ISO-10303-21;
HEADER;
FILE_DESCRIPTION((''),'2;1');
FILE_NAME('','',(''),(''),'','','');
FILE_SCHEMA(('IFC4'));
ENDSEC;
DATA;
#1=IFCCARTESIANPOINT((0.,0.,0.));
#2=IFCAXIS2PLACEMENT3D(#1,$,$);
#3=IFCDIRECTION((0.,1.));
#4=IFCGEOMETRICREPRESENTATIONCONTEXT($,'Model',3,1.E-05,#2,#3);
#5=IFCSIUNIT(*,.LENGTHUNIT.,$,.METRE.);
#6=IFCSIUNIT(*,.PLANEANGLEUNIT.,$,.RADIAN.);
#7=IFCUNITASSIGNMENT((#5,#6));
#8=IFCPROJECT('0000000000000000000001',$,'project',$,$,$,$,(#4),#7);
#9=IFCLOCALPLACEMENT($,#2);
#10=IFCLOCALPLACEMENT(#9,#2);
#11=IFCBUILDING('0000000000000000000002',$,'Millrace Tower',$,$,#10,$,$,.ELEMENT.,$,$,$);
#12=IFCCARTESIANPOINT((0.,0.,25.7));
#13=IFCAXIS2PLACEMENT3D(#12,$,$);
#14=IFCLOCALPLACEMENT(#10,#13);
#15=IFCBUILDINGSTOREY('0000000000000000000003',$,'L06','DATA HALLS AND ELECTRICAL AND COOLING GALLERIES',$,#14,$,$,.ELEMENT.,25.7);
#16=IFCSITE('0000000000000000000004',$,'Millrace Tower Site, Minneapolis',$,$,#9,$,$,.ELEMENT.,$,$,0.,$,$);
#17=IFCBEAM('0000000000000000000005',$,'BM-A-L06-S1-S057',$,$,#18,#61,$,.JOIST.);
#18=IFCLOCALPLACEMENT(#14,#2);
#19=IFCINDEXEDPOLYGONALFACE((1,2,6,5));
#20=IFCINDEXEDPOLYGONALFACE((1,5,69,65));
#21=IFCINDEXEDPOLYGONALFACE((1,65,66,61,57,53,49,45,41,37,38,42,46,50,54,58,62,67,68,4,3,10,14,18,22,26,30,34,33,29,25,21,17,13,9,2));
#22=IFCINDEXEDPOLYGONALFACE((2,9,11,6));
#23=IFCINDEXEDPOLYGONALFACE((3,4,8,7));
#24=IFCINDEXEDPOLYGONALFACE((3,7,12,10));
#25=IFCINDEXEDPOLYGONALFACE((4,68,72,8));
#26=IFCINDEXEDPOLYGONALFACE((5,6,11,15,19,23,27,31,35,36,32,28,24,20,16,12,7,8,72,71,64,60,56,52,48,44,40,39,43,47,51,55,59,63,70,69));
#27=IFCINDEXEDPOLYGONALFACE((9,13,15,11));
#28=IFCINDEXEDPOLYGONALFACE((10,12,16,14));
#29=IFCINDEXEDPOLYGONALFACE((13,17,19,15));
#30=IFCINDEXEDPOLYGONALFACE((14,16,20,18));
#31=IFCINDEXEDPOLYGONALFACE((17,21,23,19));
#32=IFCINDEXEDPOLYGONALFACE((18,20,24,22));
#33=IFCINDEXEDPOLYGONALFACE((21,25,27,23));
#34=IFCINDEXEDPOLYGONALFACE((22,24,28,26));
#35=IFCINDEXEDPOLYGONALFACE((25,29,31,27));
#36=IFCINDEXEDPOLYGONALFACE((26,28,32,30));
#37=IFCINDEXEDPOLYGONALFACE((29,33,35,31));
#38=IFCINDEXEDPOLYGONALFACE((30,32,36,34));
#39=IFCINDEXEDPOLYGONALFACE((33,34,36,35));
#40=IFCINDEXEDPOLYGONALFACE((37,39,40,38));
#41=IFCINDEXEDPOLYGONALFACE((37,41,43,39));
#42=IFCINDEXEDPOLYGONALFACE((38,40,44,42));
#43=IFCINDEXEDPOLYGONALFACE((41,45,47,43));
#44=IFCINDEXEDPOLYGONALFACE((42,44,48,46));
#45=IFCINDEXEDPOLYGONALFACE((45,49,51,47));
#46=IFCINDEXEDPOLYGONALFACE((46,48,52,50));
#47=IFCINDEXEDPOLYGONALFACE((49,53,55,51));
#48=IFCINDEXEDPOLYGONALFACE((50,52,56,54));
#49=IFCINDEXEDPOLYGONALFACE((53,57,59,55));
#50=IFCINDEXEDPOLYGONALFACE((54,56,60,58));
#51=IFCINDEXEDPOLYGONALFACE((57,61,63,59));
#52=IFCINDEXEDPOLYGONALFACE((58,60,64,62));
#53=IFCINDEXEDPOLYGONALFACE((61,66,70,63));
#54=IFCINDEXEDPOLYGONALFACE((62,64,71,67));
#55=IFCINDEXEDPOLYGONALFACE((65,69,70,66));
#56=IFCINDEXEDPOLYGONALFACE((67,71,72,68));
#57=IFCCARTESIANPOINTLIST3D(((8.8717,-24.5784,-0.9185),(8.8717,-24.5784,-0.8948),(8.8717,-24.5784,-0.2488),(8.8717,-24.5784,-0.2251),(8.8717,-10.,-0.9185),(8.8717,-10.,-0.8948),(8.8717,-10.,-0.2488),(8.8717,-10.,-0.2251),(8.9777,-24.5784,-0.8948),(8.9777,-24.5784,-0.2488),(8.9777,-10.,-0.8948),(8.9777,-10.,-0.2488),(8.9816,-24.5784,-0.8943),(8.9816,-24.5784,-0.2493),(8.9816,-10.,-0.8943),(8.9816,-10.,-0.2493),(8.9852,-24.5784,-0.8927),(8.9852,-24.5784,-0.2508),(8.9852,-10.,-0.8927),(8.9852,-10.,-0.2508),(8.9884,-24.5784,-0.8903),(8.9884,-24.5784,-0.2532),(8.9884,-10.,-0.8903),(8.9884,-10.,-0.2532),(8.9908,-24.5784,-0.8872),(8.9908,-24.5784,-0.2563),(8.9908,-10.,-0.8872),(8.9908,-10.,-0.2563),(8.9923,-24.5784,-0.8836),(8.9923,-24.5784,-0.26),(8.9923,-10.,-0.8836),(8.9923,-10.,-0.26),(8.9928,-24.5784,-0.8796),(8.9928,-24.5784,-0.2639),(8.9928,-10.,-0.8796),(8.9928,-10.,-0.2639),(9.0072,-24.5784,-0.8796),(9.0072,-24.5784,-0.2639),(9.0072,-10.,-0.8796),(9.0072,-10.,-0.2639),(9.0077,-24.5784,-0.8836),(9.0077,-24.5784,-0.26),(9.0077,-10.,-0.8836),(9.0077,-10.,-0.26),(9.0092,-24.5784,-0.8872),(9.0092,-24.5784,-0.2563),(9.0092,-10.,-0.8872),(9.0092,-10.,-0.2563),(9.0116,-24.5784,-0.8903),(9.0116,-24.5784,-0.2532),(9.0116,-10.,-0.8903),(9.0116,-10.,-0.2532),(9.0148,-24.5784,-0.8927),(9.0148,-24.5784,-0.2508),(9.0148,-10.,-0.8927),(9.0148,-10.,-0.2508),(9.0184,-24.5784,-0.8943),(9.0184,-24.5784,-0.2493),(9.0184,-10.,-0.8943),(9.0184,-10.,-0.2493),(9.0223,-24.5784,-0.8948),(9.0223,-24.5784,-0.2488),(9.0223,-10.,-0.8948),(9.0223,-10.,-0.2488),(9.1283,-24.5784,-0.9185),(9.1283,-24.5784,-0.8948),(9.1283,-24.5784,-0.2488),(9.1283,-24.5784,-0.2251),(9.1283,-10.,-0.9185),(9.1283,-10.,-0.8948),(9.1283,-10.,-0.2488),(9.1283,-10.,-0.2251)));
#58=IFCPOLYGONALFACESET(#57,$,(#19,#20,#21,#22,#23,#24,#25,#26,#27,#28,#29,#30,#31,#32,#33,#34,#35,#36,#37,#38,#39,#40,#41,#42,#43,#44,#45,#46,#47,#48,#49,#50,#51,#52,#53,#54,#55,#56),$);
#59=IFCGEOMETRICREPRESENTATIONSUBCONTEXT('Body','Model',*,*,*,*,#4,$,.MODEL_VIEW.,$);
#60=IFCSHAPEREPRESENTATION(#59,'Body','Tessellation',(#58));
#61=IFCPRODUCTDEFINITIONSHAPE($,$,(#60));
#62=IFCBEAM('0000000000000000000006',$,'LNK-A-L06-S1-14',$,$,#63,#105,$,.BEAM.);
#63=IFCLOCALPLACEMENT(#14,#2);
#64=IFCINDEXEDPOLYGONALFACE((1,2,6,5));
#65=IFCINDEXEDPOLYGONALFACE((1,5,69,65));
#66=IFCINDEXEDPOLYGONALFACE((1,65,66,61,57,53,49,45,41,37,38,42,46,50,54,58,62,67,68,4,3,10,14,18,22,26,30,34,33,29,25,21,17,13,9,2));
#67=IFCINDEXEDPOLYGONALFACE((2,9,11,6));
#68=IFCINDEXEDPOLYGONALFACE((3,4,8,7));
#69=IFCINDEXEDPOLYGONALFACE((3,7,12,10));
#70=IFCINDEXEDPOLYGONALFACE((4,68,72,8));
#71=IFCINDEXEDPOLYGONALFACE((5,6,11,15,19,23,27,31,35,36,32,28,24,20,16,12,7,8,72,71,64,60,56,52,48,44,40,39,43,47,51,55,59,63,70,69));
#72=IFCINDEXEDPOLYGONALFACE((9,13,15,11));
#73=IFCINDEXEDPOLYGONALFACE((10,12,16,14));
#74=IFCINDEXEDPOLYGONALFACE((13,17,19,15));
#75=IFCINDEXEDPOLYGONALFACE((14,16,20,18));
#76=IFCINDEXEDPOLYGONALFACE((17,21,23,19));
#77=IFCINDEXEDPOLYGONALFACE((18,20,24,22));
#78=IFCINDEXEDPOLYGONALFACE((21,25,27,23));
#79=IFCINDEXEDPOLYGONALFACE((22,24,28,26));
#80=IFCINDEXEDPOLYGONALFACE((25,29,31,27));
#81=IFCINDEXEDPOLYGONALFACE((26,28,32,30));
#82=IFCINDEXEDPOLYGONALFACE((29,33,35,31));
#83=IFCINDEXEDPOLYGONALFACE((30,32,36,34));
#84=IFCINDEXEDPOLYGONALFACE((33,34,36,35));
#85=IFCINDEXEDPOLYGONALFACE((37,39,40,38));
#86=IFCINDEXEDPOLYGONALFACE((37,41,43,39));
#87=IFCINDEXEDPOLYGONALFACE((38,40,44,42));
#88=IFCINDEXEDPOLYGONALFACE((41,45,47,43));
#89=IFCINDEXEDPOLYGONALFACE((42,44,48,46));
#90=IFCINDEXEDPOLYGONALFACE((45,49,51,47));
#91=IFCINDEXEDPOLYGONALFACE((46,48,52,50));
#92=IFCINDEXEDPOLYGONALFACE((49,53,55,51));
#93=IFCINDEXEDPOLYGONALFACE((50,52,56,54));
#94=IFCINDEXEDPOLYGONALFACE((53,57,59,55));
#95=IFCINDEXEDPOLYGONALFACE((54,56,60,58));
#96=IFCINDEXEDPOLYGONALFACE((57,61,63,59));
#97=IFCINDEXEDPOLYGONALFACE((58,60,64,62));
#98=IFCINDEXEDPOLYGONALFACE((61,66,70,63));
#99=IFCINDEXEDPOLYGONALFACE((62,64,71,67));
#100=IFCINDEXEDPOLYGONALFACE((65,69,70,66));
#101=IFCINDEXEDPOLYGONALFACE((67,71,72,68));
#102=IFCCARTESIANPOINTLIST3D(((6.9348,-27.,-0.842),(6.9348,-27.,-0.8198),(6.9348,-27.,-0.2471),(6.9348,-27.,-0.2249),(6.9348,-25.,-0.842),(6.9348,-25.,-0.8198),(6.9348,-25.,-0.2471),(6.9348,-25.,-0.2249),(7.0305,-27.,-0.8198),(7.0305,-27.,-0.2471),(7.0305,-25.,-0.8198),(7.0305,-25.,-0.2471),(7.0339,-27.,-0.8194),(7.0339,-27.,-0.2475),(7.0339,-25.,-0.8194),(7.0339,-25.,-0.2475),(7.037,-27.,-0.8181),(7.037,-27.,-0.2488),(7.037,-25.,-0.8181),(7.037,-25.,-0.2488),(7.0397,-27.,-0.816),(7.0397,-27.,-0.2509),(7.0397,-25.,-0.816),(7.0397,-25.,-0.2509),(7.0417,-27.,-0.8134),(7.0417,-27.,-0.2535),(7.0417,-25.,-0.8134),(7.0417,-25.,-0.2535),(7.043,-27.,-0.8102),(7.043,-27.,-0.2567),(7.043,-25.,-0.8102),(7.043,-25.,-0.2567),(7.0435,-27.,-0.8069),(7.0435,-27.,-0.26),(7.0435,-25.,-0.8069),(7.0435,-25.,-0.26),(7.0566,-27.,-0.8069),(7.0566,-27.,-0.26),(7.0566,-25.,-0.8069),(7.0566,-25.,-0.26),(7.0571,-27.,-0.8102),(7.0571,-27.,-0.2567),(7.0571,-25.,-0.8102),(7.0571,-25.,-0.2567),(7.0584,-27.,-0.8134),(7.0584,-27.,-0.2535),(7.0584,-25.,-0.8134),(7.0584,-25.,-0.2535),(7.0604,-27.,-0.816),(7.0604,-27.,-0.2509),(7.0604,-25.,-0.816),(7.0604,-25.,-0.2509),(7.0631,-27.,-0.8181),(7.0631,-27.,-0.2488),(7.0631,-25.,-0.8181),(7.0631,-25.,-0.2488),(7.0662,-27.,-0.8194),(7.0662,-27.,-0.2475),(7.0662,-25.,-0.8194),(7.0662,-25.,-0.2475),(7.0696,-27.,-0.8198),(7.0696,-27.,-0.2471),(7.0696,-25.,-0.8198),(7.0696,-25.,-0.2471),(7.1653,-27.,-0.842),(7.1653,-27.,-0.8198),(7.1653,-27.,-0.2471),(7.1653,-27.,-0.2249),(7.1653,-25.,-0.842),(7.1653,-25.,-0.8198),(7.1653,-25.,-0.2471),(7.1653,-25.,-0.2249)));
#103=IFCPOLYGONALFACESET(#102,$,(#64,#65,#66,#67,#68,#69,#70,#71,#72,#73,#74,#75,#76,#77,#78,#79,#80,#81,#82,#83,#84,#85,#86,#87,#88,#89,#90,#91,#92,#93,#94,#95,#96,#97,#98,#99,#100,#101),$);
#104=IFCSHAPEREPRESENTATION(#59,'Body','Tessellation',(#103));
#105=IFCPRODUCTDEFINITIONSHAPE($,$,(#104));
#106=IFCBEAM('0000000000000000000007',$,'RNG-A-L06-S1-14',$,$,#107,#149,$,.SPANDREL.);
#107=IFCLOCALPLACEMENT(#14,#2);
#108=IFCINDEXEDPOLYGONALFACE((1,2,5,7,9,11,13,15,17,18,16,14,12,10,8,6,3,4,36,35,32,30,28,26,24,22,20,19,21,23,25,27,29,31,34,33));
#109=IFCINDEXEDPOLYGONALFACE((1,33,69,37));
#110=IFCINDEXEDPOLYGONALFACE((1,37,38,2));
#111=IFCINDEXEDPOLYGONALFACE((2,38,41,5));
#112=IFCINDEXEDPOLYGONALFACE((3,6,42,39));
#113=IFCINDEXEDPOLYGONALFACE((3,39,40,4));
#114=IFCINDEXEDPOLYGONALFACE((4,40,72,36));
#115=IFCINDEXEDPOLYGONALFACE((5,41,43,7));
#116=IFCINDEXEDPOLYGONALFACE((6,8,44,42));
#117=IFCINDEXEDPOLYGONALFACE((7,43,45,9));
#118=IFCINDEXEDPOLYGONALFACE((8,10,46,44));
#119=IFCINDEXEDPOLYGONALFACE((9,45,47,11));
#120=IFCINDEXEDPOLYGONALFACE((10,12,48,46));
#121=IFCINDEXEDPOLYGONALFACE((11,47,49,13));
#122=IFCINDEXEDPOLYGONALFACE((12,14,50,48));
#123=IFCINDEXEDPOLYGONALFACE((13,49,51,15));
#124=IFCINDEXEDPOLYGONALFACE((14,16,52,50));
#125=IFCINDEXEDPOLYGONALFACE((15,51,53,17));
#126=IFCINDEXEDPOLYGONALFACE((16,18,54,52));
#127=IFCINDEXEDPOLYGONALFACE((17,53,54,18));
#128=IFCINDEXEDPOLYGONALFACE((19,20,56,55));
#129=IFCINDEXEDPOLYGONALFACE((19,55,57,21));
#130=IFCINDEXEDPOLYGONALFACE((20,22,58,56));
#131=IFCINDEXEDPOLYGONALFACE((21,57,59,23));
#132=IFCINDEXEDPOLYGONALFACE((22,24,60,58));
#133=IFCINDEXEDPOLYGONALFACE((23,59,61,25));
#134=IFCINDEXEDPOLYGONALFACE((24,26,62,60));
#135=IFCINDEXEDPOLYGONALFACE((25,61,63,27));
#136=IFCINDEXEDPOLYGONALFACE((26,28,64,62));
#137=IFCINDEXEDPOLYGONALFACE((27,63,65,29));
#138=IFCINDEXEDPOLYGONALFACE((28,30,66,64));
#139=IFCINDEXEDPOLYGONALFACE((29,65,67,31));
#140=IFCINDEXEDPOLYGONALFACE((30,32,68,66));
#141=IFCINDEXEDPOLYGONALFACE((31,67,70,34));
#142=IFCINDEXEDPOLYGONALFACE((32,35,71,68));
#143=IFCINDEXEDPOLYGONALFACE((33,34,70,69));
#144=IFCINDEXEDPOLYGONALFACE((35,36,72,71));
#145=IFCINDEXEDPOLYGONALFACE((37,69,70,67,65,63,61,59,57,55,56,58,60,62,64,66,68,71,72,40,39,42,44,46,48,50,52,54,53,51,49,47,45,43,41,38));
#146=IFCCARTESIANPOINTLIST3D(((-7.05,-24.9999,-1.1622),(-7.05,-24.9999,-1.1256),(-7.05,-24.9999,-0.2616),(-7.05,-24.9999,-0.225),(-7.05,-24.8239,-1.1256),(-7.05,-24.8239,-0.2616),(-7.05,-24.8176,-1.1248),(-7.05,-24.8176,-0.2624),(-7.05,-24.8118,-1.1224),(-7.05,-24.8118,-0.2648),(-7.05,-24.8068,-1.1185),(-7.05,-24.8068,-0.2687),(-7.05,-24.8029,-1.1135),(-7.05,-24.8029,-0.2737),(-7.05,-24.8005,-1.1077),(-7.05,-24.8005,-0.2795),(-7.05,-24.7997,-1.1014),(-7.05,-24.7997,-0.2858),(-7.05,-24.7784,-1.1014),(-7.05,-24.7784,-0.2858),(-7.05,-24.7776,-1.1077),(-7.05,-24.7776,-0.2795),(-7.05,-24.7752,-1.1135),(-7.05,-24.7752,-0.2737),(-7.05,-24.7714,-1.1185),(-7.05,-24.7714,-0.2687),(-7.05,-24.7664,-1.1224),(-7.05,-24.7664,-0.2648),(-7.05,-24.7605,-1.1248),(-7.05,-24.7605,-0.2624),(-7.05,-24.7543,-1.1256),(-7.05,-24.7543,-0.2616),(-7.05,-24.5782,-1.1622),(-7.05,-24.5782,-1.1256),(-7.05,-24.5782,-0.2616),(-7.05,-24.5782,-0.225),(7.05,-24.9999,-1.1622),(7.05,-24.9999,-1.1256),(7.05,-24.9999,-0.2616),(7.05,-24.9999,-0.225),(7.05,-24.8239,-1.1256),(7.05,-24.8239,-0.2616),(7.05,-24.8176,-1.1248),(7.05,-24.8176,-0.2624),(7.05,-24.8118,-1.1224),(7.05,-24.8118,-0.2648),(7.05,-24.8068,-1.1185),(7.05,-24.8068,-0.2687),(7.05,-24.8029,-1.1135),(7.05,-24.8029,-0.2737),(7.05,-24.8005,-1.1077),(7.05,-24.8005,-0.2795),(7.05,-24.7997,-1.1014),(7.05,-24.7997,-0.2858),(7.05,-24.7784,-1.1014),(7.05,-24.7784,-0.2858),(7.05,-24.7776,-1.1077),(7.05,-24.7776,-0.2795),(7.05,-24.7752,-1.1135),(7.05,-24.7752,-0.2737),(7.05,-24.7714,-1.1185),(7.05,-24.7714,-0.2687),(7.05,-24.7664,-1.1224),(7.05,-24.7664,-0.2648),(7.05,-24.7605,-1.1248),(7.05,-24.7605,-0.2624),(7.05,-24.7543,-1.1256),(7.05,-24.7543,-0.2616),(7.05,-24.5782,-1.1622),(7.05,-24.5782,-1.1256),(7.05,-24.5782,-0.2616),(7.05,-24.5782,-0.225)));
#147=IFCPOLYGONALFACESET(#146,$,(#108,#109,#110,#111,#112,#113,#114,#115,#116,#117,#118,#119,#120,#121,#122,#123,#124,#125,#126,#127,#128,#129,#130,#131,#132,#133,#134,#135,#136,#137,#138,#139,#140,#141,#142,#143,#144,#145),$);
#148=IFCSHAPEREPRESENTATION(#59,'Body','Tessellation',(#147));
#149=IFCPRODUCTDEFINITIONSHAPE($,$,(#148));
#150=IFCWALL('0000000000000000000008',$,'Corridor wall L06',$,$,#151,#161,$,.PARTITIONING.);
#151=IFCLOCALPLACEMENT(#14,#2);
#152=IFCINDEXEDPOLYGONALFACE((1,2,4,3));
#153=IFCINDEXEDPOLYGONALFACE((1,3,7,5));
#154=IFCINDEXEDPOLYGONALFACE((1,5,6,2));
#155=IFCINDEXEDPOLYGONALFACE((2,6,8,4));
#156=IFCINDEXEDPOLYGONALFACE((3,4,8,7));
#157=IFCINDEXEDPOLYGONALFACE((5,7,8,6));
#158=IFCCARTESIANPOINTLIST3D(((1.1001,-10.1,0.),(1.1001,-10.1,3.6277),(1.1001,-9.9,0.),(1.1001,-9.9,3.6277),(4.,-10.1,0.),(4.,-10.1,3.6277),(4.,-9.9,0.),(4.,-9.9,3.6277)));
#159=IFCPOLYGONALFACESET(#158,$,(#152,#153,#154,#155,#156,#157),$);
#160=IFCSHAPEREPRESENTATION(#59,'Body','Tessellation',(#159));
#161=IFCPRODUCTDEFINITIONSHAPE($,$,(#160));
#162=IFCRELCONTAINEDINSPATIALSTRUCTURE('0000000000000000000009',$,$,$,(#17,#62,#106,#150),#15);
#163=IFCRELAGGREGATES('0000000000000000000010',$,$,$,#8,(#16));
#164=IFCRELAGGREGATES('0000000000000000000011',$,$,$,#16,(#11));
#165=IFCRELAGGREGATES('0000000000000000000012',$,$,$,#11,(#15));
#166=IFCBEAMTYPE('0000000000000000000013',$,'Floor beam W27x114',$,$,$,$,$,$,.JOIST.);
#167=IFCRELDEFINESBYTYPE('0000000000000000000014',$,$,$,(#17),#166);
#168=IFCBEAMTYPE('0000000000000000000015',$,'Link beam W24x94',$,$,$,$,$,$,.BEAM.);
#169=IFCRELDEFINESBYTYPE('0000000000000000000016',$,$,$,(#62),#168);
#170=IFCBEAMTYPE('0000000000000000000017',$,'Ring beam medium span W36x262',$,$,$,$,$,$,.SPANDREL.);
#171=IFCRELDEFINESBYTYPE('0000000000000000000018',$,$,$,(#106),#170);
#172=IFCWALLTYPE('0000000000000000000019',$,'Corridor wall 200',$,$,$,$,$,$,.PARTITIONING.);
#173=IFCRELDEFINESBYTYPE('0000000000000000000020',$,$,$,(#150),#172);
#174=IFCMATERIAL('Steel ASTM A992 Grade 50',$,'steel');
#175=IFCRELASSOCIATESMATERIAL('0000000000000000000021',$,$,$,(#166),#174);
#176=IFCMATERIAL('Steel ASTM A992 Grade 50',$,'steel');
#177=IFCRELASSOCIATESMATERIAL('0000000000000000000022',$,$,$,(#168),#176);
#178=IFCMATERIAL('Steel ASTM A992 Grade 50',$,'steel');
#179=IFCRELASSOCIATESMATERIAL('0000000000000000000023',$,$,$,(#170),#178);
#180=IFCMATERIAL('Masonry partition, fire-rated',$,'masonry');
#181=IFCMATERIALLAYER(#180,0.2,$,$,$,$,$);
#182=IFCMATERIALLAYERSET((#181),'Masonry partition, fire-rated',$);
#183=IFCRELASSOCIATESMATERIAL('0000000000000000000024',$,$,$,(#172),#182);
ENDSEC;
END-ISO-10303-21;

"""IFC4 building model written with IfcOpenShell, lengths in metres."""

from ifc_helpers import new_model, si_unit, direction, frame, frame_2d, origin, origin_2d, place, context, subcontext, project, spatial, rectangle, i_section, extrude, material, layer, layer_set, material_profile, profile_set, type_object, element, save


model = new_model("IFC4")

# Units and contexts
model_context = context("Model", 3, precision=1e-05, world=origin(), true_north=direction((0.0, 1.0)))
body_context = subcontext(model_context, "Body", "Model", "MODEL_VIEW")
ifc_project = project(units=[si_unit("LENGTHUNIT", "METRE"), si_unit("PLANEANGLEUNIT", "RADIAN")], contexts=[model_context])

# Site, building, storey
site_placement = place(None, origin())
site = spatial("IfcSite", under=ifc_project, at=site_placement, Name="Millrace Tower Site, Minneapolis", CompositionType="ELEMENT", RefElevation=0.0)
building_placement = place(site_placement, origin())
building = spatial("IfcBuilding", under=site, at=building_placement, Name="Millrace Tower", CompositionType="ELEMENT")
storey_placement = place(building_placement, frame((0.0, 0.0, 25.7)))
storey = spatial("IfcBuildingStorey", under=building, at=storey_placement, Name="L06", Description="DATA HALLS AND ELECTRICAL AND COOLING GALLERIES", CompositionType="ELEMENT", Elevation=25.7)

# Beams
ifc_material_1 = material(Name="Steel ASTM A992 Grade 50", Category="steel")
ifc_material_profile_1 = material_profile(ifc_material_1, i_section(OverallWidth=0.2566, OverallDepth=0.6934, WebThickness=0.0144, FlangeThickness=0.0237, FilletRadius=0.0151, at=origin_2d()))
ifc_profile_set_1 = profile_set([ifc_material_profile_1], Name="Steel ASTM A992 Grade 50")
beam_type_1 = type_object("IfcBeamType", Name="Floor beam W27x114", PredefinedType="JOIST", material=ifc_profile_set_1)
for number, where, z_axis, x_axis, name in (
    (1, (9.0, -24.5784, -0.5718), (0.0, 1.0, 0.0), (-1.0, 0.0, 0.0), "BM-A-L06-S1-S057"),
):
    element("IfcBeam", number, at=place(storey_placement, frame(where, z_axis=z_axis, x_axis=x_axis)), inside=storey, type_object=beam_type_1, Name=name, PredefinedType="JOIST", context=body_context, shape_type="SweptSolid", body=[
        extrude(i_section(OverallWidth=0.2566, OverallDepth=0.6934, WebThickness=0.0144, FlangeThickness=0.0237, FilletRadius=0.0151, at=origin_2d()), origin(), (0.0, 0.0, 1.0), 14.5784),
    ])
ifc_material_2 = material(Name="Steel ASTM A992 Grade 50", Category="steel")
ifc_material_profile_2 = material_profile(ifc_material_2, i_section(OverallWidth=0.2305, OverallDepth=0.6172, WebThickness=0.0132, FlangeThickness=0.0222, FilletRadius=0.0129, at=origin_2d()))
ifc_profile_set_2 = profile_set([ifc_material_profile_2], Name="Steel ASTM A992 Grade 50")
beam_type_2 = type_object("IfcBeamType", Name="Link beam W24x94", PredefinedType="BEAM", material=ifc_profile_set_2)
beam_1_placement = place(storey_placement, frame((7.05, -25.0, -0.5334), z_axis=(0.0, -1.0, 0.0), x_axis=(1.0, 0.0, 0.0)))
element("IfcBeam", 2, at=beam_1_placement, inside=storey, type_object=beam_type_2, Name="LNK-A-L06-S1-14", PredefinedType="BEAM", context=body_context, shape_type="SweptSolid", body=[
    extrude(i_section(OverallWidth=0.2305, OverallDepth=0.6172, WebThickness=0.0132, FlangeThickness=0.0222, FilletRadius=0.0129, at=origin_2d()), origin(), (0.0, 0.0, 1.0), 2.0),
])
ifc_material_3 = material(Name="Steel ASTM A992 Grade 50", Category="steel")
ifc_material_profile_3 = material_profile(ifc_material_3, i_section(OverallWidth=0.4216, OverallDepth=0.9373, WebThickness=0.0212, FlangeThickness=0.0366, FilletRadius=0.0242, at=origin_2d()))
ifc_profile_set_3 = profile_set([ifc_material_profile_3], Name="Steel ASTM A992 Grade 50")
beam_type_3 = type_object("IfcBeamType", Name="Ring beam medium span W36x262", PredefinedType="SPANDREL", material=ifc_profile_set_3)
beam_2_placement = place(storey_placement, frame((7.05, -24.7891, -0.6936), z_axis=(-1.0, 0.0, 0.0), x_axis=(0.0, -1.0, 0.0)))
element("IfcBeam", 3, at=beam_2_placement, inside=storey, type_object=beam_type_3, Name="RNG-A-L06-S1-14", PredefinedType="SPANDREL", context=body_context, shape_type="SweptSolid", body=[
    extrude(i_section(OverallWidth=0.4216, OverallDepth=0.9373, WebThickness=0.0212, FlangeThickness=0.0366, FilletRadius=0.0242, at=origin_2d()), origin(), (0.0, 0.0, 1.0), 14.1001),
])

# Wall
ifc_material_4 = material(Name="Masonry partition, fire-rated", Category="masonry")
ifc_layer_1 = layer(ifc_material_4, 0.2)
ifc_layer_set_1 = layer_set([ifc_layer_1], Name="Masonry partition, fire-rated")
wall_type_1 = type_object("IfcWallType", Name="Corridor wall 200", PredefinedType="PARTITIONING", material=ifc_layer_set_1)
wall_1_placement = place(storey_placement, frame((1.1001, -10.0, 0.0), z_axis=(0.0, 0.0, 1.0), x_axis=(1.0, 0.0, 0.0)))
element("IfcWall", 4, at=wall_1_placement, inside=storey, type_object=wall_type_1, Name="Corridor wall L06", PredefinedType="PARTITIONING", context=body_context, shape_type="SweptSolid", body=[
    extrude(rectangle(XDim=2.8999, YDim=0.2, at=frame_2d((1.45, 0.0))), origin(), (0.0, 0.0, 1.0), 3.6277),
])

save(model, "model.ifc")
